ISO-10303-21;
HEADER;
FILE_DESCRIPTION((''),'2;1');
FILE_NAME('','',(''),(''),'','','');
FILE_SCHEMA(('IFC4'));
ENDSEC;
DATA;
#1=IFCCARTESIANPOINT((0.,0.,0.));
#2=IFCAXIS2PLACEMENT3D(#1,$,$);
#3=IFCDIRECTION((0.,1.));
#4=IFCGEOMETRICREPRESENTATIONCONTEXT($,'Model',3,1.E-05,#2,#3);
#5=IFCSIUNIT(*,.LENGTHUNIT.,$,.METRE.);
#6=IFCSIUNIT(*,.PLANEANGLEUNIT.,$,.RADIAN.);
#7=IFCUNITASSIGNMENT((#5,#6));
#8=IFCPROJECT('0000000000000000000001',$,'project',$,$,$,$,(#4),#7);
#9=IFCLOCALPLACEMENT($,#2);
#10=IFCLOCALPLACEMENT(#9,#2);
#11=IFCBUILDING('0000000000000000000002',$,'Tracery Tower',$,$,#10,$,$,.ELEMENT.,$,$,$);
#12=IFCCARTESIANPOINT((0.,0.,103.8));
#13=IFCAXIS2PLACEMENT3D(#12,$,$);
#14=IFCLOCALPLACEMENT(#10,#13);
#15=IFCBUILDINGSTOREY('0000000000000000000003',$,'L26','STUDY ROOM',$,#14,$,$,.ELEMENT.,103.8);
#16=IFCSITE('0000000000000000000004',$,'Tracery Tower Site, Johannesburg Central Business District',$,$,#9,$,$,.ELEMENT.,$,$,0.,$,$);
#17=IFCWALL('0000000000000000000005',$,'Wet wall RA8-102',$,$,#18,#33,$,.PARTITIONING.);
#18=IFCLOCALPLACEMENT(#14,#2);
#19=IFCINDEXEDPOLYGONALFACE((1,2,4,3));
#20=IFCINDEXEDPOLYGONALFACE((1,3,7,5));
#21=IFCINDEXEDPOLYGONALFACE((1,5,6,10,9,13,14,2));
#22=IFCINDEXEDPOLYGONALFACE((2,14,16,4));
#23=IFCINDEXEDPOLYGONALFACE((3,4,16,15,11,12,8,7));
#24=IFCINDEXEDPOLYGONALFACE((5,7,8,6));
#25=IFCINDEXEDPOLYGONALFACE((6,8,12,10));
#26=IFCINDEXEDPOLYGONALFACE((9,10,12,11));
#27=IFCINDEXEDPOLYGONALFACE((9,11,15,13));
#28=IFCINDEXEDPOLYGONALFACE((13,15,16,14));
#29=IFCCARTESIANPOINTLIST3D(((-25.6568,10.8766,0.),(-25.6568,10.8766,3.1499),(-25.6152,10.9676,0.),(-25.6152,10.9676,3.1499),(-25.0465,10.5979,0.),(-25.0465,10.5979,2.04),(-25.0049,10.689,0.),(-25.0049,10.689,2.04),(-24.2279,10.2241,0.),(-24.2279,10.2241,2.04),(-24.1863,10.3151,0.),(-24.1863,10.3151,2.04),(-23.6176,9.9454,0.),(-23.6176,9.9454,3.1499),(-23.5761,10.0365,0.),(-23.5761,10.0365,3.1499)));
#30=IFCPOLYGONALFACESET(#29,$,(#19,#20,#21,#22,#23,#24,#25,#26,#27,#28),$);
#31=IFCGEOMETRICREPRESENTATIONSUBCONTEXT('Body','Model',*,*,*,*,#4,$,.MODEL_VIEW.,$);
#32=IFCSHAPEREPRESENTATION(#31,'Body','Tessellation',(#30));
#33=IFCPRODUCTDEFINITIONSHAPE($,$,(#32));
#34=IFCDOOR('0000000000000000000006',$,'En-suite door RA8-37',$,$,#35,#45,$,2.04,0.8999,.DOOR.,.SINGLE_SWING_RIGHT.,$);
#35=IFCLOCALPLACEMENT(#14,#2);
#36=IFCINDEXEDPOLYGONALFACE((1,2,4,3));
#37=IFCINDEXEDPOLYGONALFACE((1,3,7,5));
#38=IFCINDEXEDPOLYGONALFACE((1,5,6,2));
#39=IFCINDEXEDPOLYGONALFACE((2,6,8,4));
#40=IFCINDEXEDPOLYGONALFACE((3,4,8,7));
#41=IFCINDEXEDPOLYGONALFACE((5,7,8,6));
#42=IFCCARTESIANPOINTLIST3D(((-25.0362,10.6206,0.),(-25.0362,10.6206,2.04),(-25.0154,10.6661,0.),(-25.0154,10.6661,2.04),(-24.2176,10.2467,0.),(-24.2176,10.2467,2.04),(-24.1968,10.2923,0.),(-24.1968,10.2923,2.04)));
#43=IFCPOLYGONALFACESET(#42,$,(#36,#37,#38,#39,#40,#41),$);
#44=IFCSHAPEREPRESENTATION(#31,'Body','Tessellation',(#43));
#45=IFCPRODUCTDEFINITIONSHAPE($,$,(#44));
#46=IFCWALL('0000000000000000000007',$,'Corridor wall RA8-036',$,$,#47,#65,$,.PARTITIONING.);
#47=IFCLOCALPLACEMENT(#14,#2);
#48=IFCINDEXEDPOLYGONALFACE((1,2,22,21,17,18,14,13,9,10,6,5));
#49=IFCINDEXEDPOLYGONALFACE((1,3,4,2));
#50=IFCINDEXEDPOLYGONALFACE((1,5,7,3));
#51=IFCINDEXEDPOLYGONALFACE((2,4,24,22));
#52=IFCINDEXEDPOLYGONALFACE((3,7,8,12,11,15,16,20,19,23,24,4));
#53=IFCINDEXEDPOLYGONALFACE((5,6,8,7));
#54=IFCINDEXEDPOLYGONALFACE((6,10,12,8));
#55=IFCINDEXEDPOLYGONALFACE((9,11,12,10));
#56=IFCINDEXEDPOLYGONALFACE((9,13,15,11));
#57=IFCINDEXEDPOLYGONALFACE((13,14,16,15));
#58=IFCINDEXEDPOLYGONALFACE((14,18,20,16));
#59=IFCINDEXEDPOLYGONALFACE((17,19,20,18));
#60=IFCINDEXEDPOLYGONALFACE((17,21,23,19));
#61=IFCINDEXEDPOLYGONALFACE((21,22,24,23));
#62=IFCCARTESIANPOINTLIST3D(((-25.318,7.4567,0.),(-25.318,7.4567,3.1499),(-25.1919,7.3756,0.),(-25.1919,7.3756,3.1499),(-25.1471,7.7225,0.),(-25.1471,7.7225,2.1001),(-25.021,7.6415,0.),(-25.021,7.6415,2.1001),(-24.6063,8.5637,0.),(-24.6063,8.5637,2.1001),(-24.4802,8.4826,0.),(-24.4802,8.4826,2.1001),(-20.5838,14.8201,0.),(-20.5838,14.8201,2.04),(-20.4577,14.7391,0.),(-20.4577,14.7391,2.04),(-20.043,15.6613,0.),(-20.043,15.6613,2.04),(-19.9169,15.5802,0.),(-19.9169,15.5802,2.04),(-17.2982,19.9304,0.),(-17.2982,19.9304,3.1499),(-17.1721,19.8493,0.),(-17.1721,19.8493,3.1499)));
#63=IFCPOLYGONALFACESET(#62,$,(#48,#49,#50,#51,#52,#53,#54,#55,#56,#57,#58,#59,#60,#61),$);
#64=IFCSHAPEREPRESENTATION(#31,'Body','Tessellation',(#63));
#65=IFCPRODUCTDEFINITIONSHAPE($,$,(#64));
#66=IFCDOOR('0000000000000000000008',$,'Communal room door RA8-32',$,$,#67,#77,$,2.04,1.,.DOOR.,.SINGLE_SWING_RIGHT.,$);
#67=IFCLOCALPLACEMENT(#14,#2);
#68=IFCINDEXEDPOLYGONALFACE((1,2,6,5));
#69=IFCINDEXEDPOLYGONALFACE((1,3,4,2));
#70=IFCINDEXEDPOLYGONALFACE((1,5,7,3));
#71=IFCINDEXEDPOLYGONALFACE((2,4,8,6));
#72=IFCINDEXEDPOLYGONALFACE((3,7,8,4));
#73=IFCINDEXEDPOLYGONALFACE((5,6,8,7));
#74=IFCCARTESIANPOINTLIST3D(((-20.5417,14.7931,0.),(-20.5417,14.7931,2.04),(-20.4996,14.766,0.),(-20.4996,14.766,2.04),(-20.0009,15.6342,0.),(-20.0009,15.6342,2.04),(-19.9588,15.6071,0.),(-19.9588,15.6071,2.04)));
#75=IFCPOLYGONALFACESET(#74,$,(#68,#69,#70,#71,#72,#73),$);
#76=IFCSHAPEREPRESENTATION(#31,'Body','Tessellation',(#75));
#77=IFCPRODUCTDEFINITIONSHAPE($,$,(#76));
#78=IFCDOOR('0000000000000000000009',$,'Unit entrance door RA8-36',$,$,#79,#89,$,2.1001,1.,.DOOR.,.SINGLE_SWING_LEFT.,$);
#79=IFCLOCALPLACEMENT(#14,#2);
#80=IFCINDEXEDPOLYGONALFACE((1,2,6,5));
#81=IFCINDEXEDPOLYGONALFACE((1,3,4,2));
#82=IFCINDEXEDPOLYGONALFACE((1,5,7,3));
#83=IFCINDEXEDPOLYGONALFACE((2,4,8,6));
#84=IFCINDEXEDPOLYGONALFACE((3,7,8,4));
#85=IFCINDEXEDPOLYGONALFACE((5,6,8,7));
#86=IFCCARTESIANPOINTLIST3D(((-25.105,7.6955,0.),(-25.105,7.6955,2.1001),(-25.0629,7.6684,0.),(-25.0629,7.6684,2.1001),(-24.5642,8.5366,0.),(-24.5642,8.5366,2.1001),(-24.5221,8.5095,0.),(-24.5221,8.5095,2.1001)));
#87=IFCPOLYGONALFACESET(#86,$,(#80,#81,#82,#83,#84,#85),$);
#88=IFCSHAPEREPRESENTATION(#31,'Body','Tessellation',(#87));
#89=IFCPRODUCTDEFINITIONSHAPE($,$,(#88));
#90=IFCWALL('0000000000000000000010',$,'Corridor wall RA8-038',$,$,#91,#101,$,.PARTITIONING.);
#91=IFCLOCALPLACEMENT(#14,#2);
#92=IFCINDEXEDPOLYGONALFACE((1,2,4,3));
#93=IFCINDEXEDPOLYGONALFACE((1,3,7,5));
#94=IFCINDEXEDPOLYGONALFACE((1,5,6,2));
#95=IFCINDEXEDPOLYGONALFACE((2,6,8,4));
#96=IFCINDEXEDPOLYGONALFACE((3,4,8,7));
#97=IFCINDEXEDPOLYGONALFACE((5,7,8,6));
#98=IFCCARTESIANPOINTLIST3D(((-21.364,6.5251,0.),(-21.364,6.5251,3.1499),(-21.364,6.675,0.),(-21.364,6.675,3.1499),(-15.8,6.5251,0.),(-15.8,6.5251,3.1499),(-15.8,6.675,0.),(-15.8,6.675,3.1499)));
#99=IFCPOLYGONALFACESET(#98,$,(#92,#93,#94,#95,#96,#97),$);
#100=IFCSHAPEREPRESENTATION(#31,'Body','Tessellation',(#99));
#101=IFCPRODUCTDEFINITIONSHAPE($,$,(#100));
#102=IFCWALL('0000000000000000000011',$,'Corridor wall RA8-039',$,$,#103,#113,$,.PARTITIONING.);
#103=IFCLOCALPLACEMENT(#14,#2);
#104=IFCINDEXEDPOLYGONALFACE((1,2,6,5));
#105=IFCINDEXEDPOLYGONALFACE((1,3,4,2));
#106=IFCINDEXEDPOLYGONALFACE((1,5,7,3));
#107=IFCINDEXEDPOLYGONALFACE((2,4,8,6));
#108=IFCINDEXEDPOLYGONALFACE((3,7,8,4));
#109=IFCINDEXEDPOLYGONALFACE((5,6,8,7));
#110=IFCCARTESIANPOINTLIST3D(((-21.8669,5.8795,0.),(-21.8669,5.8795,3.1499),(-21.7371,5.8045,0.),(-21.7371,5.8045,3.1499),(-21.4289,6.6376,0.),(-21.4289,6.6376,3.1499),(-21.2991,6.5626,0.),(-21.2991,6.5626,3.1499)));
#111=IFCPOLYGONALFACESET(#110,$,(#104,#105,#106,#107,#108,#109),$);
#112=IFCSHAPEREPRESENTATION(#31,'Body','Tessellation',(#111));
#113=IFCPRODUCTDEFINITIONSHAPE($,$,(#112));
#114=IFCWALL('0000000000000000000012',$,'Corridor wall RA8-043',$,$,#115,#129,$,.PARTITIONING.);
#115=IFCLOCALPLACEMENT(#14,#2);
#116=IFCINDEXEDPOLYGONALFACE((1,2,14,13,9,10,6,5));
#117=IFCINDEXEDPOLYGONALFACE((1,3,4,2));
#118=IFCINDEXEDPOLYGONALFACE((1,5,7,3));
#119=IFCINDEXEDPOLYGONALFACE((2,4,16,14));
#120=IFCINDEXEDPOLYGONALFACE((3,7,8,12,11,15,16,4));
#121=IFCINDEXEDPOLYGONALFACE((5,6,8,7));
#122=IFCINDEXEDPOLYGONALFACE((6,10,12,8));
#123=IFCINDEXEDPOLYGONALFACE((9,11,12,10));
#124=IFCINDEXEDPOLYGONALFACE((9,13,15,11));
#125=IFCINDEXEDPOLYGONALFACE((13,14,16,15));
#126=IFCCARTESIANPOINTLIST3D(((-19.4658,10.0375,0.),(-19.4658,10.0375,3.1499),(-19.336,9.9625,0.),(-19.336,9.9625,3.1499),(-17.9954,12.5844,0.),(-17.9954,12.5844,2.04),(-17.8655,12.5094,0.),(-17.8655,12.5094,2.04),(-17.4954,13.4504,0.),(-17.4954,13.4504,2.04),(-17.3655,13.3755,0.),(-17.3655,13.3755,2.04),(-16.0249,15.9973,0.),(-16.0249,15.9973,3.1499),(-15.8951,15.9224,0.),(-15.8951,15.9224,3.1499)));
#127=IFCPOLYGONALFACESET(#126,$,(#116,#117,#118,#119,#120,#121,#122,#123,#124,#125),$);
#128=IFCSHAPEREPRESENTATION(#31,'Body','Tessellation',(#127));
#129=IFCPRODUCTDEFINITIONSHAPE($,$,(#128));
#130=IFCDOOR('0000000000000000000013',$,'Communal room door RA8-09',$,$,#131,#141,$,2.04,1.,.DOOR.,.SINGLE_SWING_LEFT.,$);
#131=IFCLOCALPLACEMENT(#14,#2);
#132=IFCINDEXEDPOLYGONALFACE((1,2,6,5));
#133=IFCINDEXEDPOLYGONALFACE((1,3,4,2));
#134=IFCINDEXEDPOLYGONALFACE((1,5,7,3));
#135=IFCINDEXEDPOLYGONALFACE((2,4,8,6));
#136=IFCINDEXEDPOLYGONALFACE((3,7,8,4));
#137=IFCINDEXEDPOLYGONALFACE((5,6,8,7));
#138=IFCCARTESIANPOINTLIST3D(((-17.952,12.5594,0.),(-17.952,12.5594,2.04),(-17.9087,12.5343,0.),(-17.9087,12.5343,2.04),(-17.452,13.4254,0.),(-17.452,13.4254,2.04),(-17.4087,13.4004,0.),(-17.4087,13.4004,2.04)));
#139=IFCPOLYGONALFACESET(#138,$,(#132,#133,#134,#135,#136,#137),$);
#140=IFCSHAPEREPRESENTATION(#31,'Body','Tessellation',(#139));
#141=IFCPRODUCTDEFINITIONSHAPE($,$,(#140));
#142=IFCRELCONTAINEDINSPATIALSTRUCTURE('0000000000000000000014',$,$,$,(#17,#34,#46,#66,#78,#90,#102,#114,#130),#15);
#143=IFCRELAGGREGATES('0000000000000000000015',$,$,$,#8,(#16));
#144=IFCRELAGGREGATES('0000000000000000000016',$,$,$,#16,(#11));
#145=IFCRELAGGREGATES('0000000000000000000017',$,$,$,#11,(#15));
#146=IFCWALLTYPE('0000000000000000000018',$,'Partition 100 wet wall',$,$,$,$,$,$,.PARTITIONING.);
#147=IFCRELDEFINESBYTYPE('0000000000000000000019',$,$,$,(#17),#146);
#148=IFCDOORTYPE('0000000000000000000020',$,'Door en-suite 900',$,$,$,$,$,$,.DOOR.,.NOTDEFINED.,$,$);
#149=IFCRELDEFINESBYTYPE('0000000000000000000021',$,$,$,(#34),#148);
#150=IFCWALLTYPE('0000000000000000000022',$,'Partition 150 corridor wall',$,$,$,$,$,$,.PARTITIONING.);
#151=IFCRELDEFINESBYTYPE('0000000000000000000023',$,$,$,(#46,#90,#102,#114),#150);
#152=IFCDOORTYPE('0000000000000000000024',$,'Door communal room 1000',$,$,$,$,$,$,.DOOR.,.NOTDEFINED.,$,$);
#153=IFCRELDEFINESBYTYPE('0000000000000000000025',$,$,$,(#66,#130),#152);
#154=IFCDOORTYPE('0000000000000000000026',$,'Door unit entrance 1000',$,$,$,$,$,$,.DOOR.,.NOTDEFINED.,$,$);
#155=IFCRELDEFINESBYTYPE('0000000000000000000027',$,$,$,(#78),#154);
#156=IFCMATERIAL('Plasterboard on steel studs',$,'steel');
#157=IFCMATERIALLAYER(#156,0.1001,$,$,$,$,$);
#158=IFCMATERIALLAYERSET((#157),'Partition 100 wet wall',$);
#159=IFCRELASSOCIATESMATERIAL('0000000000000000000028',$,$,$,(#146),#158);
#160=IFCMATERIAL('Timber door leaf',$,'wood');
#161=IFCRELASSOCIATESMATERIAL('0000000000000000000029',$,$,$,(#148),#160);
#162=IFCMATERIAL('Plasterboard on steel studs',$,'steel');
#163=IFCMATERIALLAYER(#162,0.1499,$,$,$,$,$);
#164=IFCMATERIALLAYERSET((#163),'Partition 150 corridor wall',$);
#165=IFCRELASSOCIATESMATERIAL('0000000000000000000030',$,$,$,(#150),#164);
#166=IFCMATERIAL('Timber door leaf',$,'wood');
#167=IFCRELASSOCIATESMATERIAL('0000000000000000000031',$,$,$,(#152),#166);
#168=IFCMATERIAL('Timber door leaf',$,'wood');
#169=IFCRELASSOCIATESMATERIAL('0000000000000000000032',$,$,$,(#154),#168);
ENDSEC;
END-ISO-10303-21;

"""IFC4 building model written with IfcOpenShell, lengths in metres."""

from ifc_helpers import new_model, si_unit, direction, frame, frame_2d, origin, place, context, subcontext, project, spatial, rectangle, extrude, material, layer, layer_set, type_object, element, fill, save


model = new_model("IFC4")

# Units and contexts
model_context = context("Model", 3, precision=1e-05, world=origin(), true_north=direction((0.0, 1.0)))
body_context = subcontext(model_context, "Body", "Model", "MODEL_VIEW")
ifc_project = project(units=[si_unit("LENGTHUNIT", "METRE"), si_unit("PLANEANGLEUNIT", "RADIAN")], contexts=[model_context])

# Site, building, storey
site_placement = place(None, origin())
site = spatial("IfcSite", under=ifc_project, at=site_placement, Name="Tracery Tower Site, Johannesburg Central Business District", CompositionType="ELEMENT", RefElevation=0.0)
building_placement = place(site_placement, origin())
building = spatial("IfcBuilding", under=site, at=building_placement, Name="Tracery Tower", CompositionType="ELEMENT")
storey_placement = place(building_placement, frame((0.0, 0.0, 103.8)))
storey = spatial("IfcBuildingStorey", under=building, at=storey_placement, Name="L26", Description="STUDY ROOM", CompositionType="ELEMENT", Elevation=103.8)

# Shared definitions
ifc_material_1 = material(Name="Plasterboard on steel studs", Category="steel")
ifc_layer_1 = layer(ifc_material_1, 0.1001)
ifc_layer_set_1 = layer_set([ifc_layer_1], Name="Partition 100 wet wall")
wall_type_1 = type_object("IfcWallType", Name="Partition 100 wet wall", PredefinedType="PARTITIONING", material=ifc_layer_set_1)

# Wall, opening, door
wall_1_placement = place(storey_placement, frame((-25.636, 10.9221, 0.0), z_axis=(0.0, 0.0, 1.0), x_axis=(0.909641, -0.415394, 0.0)))
wall_1 = element("IfcWall", 1, at=wall_1_placement, inside=storey, type_object=wall_type_1, Name="Wet wall RA8-102", PredefinedType="PARTITIONING", context=body_context, shape_type="SweptSolid", body=[
    extrude(rectangle(XDim=2.2417, YDim=0.1001, at=frame_2d((1.1208, 0.0))), origin(), (0.0, 0.0, 1.0), 3.1499),
])
opening_1_placement = place(wall_1_placement, frame((0.6709, 0.0, 0.0)))
opening_1 = element("IfcOpeningElement", 2, at=opening_1_placement, cuts=wall_1, PredefinedType="OPENING", context=body_context, shape_type="SweptSolid", body=[
    extrude(rectangle(XDim=0.8999, YDim=2.04, at=frame_2d((0.45, 1.02))), frame((0.0, 0.05, 0.0), z_axis=(0.0, -1.0, 0.0), x_axis=(1.0, 0.0, 0.0)), (0.0, 0.0, 1.0), 0.1001),
])
ifc_material_2 = material(Name="Timber door leaf", Category="wood")
door_type_1 = type_object("IfcDoorType", Name="Door en-suite 900", OperationType="NOTDEFINED", PredefinedType="DOOR", material=ifc_material_2)
door_1_placement = place(opening_1_placement, origin())
door_1 = element("IfcDoor", 3, at=door_1_placement, inside=storey, type_object=door_type_1, Name="En-suite door RA8-37", OperationType="SINGLE_SWING_RIGHT", OverallHeight=2.04, OverallWidth=0.8999, PredefinedType="DOOR", context=body_context, shape_type="SweptSolid", body=[
    extrude(rectangle(XDim=0.8999, YDim=2.04, at=frame_2d((0.45, 1.02))), frame((0.0, 0.0249, 0.0), z_axis=(0.0, -1.0, 0.0), x_axis=(1.0, 0.0, 0.0)), (0.0, 0.0, 1.0), 0.05),
])
fill(opening_1, door_1)

# Wall, openings, doors
ifc_material_3 = material(Name="Plasterboard on steel studs", Category="steel")
ifc_layer_2 = layer(ifc_material_3, 0.1499)
ifc_layer_set_2 = layer_set([ifc_layer_2], Name="Partition 150 corridor wall")
wall_type_2 = type_object("IfcWallType", Name="Partition 150 corridor wall", PredefinedType="PARTITIONING", material=ifc_layer_set_2)
wall_2_placement = place(storey_placement, frame((-25.2549, 7.4163, 0.0), z_axis=(0.0, 0.0, 1.0), x_axis=(0.540806, 0.841147, 0.0)))
wall_2 = element("IfcWall", 4, at=wall_2_placement, inside=storey, type_object=wall_type_2, Name="Corridor wall RA8-036", PredefinedType="PARTITIONING", context=body_context, shape_type="SweptSolid", body=[
    extrude(rectangle(XDim=14.8293, YDim=0.1499, at=frame_2d((7.4146, 0.0))), origin(), (0.0, 0.0, 1.0), 3.1499),
])
opening_2_placement = place(wall_2_placement, frame((8.7539, 0.0, 0.0)))
opening_2 = element("IfcOpeningElement", 5, at=opening_2_placement, cuts=wall_2, PredefinedType="OPENING", context=body_context, shape_type="SweptSolid", body=[
    extrude(rectangle(XDim=1.0, YDim=2.04, at=frame_2d((0.5, 1.02))), frame((0.0, 0.075, 0.0), z_axis=(0.0, -1.0, 0.0), x_axis=(1.0, 0.0, 0.0)), (0.0, 0.0, 1.0), 0.1499),
])
opening_3_placement = place(wall_2_placement, frame((0.3159, 0.0, 0.0)))
opening_3 = element("IfcOpeningElement", 6, at=opening_3_placement, cuts=wall_2, PredefinedType="OPENING", context=body_context, shape_type="SweptSolid", body=[
    extrude(rectangle(XDim=1.0, YDim=2.1001, at=frame_2d((0.5, 1.05))), frame((0.0, 0.075, 0.0), z_axis=(0.0, -1.0, 0.0), x_axis=(1.0, 0.0, 0.0)), (0.0, 0.0, 1.0), 0.1499),
])
ifc_material_4 = material(Name="Timber door leaf", Category="wood")
door_type_2 = type_object("IfcDoorType", Name="Door communal room 1000", OperationType="NOTDEFINED", PredefinedType="DOOR", material=ifc_material_4)
door_2_placement = place(opening_2_placement, origin())
door_2 = element("IfcDoor", 7, at=door_2_placement, inside=storey, type_object=door_type_2, Name="Communal room door RA8-32", OperationType="SINGLE_SWING_RIGHT", OverallHeight=2.04, OverallWidth=1.0, PredefinedType="DOOR", context=body_context, shape_type="SweptSolid", body=[
    extrude(rectangle(XDim=1.0, YDim=2.04, at=frame_2d((0.5, 1.02))), frame((0.0, 0.0249, 0.0), z_axis=(0.0, -1.0, 0.0), x_axis=(1.0, 0.0, 0.0)), (0.0, 0.0, 1.0), 0.05),
])
fill(opening_2, door_2)
ifc_material_5 = material(Name="Timber door leaf", Category="wood")
door_type_3 = type_object("IfcDoorType", Name="Door unit entrance 1000", OperationType="NOTDEFINED", PredefinedType="DOOR", material=ifc_material_5)
door_3_placement = place(opening_3_placement, origin())
door_3 = element("IfcDoor", 8, at=door_3_placement, inside=storey, type_object=door_type_3, Name="Unit entrance door RA8-36", OperationType="SINGLE_SWING_LEFT", OverallHeight=2.1001, OverallWidth=1.0, PredefinedType="DOOR", context=body_context, shape_type="SweptSolid", body=[
    extrude(rectangle(XDim=1.0, YDim=2.1001, at=frame_2d((0.5, 1.05))), frame((0.0, 0.0249, 0.0), z_axis=(0.0, -1.0, 0.0), x_axis=(1.0, 0.0, 0.0)), (0.0, 0.0, 1.0), 0.05),
])
fill(opening_3, door_3)

# Walls
wall_3_placement = place(storey_placement, frame((-21.364, 6.6001, 0.0), z_axis=(0.0, 0.0, 1.0), x_axis=(1.0, 0.0, 0.0)))
element("IfcWall", 9, at=wall_3_placement, inside=storey, type_object=wall_type_2, Name="Corridor wall RA8-038", PredefinedType="PARTITIONING", context=body_context, shape_type="SweptSolid", body=[
    extrude(rectangle(XDim=5.564, YDim=0.1499, at=frame_2d((2.782, 0.0))), origin(), (0.0, 0.0, 1.0), 3.1499),
])
wall_4_placement = place(storey_placement, frame((-21.802, 5.842, 0.0), z_axis=(0.0, 0.0, 1.0), x_axis=(0.500278, 0.865865, 0.0)))
element("IfcWall", 10, at=wall_4_placement, inside=storey, type_object=wall_type_2, Name="Corridor wall RA8-039", PredefinedType="PARTITIONING", context=body_context, shape_type="SweptSolid", body=[
    extrude(rectangle(XDim=0.8755, YDim=0.1499, at=frame_2d((0.4377, 0.0))), origin(), (0.0, 0.0, 1.0), 3.1499),
])

# Wall, opening, door
wall_5_placement = place(storey_placement, frame((-19.4009, 10.0, 0.0), z_axis=(0.0, 0.0, 1.0), x_axis=(0.499993, 0.86603, 0.0)))
wall_5 = element("IfcWall", 11, at=wall_5_placement, inside=storey, type_object=wall_type_2, Name="Corridor wall RA8-043", PredefinedType="PARTITIONING", context=body_context, shape_type="SweptSolid", body=[
    extrude(rectangle(XDim=6.8818, YDim=0.1499, at=frame_2d((3.4409, 0.0))), origin(), (0.0, 0.0, 1.0), 3.1499),
])
opening_4_placement = place(wall_5_placement, frame((2.9409, 0.0, 0.0)))
opening_4 = element("IfcOpeningElement", 12, at=opening_4_placement, cuts=wall_5, PredefinedType="OPENING", context=body_context, shape_type="SweptSolid", body=[
    extrude(rectangle(XDim=1.0, YDim=2.04, at=frame_2d((0.5, 1.02))), frame((0.0, 0.075, 0.0), z_axis=(0.0, -1.0, 0.0), x_axis=(1.0, 0.0, 0.0)), (0.0, 0.0, 1.0), 0.1499),
])
door_4_placement = place(opening_4_placement, origin())
door_4 = element("IfcDoor", 13, at=door_4_placement, inside=storey, type_object=door_type_2, Name="Communal room door RA8-09", OperationType="SINGLE_SWING_LEFT", OverallHeight=2.04, OverallWidth=1.0, PredefinedType="DOOR", context=body_context, shape_type="SweptSolid", body=[
    extrude(rectangle(XDim=1.0, YDim=2.04, at=frame_2d((0.5, 1.02))), frame((0.0, 0.0249, 0.0), z_axis=(0.0, -1.0, 0.0), x_axis=(1.0, 0.0, 0.0)), (0.0, 0.0, 1.0), 0.05),
])
fill(opening_4, door_4)

save(model, "model.ifc")
